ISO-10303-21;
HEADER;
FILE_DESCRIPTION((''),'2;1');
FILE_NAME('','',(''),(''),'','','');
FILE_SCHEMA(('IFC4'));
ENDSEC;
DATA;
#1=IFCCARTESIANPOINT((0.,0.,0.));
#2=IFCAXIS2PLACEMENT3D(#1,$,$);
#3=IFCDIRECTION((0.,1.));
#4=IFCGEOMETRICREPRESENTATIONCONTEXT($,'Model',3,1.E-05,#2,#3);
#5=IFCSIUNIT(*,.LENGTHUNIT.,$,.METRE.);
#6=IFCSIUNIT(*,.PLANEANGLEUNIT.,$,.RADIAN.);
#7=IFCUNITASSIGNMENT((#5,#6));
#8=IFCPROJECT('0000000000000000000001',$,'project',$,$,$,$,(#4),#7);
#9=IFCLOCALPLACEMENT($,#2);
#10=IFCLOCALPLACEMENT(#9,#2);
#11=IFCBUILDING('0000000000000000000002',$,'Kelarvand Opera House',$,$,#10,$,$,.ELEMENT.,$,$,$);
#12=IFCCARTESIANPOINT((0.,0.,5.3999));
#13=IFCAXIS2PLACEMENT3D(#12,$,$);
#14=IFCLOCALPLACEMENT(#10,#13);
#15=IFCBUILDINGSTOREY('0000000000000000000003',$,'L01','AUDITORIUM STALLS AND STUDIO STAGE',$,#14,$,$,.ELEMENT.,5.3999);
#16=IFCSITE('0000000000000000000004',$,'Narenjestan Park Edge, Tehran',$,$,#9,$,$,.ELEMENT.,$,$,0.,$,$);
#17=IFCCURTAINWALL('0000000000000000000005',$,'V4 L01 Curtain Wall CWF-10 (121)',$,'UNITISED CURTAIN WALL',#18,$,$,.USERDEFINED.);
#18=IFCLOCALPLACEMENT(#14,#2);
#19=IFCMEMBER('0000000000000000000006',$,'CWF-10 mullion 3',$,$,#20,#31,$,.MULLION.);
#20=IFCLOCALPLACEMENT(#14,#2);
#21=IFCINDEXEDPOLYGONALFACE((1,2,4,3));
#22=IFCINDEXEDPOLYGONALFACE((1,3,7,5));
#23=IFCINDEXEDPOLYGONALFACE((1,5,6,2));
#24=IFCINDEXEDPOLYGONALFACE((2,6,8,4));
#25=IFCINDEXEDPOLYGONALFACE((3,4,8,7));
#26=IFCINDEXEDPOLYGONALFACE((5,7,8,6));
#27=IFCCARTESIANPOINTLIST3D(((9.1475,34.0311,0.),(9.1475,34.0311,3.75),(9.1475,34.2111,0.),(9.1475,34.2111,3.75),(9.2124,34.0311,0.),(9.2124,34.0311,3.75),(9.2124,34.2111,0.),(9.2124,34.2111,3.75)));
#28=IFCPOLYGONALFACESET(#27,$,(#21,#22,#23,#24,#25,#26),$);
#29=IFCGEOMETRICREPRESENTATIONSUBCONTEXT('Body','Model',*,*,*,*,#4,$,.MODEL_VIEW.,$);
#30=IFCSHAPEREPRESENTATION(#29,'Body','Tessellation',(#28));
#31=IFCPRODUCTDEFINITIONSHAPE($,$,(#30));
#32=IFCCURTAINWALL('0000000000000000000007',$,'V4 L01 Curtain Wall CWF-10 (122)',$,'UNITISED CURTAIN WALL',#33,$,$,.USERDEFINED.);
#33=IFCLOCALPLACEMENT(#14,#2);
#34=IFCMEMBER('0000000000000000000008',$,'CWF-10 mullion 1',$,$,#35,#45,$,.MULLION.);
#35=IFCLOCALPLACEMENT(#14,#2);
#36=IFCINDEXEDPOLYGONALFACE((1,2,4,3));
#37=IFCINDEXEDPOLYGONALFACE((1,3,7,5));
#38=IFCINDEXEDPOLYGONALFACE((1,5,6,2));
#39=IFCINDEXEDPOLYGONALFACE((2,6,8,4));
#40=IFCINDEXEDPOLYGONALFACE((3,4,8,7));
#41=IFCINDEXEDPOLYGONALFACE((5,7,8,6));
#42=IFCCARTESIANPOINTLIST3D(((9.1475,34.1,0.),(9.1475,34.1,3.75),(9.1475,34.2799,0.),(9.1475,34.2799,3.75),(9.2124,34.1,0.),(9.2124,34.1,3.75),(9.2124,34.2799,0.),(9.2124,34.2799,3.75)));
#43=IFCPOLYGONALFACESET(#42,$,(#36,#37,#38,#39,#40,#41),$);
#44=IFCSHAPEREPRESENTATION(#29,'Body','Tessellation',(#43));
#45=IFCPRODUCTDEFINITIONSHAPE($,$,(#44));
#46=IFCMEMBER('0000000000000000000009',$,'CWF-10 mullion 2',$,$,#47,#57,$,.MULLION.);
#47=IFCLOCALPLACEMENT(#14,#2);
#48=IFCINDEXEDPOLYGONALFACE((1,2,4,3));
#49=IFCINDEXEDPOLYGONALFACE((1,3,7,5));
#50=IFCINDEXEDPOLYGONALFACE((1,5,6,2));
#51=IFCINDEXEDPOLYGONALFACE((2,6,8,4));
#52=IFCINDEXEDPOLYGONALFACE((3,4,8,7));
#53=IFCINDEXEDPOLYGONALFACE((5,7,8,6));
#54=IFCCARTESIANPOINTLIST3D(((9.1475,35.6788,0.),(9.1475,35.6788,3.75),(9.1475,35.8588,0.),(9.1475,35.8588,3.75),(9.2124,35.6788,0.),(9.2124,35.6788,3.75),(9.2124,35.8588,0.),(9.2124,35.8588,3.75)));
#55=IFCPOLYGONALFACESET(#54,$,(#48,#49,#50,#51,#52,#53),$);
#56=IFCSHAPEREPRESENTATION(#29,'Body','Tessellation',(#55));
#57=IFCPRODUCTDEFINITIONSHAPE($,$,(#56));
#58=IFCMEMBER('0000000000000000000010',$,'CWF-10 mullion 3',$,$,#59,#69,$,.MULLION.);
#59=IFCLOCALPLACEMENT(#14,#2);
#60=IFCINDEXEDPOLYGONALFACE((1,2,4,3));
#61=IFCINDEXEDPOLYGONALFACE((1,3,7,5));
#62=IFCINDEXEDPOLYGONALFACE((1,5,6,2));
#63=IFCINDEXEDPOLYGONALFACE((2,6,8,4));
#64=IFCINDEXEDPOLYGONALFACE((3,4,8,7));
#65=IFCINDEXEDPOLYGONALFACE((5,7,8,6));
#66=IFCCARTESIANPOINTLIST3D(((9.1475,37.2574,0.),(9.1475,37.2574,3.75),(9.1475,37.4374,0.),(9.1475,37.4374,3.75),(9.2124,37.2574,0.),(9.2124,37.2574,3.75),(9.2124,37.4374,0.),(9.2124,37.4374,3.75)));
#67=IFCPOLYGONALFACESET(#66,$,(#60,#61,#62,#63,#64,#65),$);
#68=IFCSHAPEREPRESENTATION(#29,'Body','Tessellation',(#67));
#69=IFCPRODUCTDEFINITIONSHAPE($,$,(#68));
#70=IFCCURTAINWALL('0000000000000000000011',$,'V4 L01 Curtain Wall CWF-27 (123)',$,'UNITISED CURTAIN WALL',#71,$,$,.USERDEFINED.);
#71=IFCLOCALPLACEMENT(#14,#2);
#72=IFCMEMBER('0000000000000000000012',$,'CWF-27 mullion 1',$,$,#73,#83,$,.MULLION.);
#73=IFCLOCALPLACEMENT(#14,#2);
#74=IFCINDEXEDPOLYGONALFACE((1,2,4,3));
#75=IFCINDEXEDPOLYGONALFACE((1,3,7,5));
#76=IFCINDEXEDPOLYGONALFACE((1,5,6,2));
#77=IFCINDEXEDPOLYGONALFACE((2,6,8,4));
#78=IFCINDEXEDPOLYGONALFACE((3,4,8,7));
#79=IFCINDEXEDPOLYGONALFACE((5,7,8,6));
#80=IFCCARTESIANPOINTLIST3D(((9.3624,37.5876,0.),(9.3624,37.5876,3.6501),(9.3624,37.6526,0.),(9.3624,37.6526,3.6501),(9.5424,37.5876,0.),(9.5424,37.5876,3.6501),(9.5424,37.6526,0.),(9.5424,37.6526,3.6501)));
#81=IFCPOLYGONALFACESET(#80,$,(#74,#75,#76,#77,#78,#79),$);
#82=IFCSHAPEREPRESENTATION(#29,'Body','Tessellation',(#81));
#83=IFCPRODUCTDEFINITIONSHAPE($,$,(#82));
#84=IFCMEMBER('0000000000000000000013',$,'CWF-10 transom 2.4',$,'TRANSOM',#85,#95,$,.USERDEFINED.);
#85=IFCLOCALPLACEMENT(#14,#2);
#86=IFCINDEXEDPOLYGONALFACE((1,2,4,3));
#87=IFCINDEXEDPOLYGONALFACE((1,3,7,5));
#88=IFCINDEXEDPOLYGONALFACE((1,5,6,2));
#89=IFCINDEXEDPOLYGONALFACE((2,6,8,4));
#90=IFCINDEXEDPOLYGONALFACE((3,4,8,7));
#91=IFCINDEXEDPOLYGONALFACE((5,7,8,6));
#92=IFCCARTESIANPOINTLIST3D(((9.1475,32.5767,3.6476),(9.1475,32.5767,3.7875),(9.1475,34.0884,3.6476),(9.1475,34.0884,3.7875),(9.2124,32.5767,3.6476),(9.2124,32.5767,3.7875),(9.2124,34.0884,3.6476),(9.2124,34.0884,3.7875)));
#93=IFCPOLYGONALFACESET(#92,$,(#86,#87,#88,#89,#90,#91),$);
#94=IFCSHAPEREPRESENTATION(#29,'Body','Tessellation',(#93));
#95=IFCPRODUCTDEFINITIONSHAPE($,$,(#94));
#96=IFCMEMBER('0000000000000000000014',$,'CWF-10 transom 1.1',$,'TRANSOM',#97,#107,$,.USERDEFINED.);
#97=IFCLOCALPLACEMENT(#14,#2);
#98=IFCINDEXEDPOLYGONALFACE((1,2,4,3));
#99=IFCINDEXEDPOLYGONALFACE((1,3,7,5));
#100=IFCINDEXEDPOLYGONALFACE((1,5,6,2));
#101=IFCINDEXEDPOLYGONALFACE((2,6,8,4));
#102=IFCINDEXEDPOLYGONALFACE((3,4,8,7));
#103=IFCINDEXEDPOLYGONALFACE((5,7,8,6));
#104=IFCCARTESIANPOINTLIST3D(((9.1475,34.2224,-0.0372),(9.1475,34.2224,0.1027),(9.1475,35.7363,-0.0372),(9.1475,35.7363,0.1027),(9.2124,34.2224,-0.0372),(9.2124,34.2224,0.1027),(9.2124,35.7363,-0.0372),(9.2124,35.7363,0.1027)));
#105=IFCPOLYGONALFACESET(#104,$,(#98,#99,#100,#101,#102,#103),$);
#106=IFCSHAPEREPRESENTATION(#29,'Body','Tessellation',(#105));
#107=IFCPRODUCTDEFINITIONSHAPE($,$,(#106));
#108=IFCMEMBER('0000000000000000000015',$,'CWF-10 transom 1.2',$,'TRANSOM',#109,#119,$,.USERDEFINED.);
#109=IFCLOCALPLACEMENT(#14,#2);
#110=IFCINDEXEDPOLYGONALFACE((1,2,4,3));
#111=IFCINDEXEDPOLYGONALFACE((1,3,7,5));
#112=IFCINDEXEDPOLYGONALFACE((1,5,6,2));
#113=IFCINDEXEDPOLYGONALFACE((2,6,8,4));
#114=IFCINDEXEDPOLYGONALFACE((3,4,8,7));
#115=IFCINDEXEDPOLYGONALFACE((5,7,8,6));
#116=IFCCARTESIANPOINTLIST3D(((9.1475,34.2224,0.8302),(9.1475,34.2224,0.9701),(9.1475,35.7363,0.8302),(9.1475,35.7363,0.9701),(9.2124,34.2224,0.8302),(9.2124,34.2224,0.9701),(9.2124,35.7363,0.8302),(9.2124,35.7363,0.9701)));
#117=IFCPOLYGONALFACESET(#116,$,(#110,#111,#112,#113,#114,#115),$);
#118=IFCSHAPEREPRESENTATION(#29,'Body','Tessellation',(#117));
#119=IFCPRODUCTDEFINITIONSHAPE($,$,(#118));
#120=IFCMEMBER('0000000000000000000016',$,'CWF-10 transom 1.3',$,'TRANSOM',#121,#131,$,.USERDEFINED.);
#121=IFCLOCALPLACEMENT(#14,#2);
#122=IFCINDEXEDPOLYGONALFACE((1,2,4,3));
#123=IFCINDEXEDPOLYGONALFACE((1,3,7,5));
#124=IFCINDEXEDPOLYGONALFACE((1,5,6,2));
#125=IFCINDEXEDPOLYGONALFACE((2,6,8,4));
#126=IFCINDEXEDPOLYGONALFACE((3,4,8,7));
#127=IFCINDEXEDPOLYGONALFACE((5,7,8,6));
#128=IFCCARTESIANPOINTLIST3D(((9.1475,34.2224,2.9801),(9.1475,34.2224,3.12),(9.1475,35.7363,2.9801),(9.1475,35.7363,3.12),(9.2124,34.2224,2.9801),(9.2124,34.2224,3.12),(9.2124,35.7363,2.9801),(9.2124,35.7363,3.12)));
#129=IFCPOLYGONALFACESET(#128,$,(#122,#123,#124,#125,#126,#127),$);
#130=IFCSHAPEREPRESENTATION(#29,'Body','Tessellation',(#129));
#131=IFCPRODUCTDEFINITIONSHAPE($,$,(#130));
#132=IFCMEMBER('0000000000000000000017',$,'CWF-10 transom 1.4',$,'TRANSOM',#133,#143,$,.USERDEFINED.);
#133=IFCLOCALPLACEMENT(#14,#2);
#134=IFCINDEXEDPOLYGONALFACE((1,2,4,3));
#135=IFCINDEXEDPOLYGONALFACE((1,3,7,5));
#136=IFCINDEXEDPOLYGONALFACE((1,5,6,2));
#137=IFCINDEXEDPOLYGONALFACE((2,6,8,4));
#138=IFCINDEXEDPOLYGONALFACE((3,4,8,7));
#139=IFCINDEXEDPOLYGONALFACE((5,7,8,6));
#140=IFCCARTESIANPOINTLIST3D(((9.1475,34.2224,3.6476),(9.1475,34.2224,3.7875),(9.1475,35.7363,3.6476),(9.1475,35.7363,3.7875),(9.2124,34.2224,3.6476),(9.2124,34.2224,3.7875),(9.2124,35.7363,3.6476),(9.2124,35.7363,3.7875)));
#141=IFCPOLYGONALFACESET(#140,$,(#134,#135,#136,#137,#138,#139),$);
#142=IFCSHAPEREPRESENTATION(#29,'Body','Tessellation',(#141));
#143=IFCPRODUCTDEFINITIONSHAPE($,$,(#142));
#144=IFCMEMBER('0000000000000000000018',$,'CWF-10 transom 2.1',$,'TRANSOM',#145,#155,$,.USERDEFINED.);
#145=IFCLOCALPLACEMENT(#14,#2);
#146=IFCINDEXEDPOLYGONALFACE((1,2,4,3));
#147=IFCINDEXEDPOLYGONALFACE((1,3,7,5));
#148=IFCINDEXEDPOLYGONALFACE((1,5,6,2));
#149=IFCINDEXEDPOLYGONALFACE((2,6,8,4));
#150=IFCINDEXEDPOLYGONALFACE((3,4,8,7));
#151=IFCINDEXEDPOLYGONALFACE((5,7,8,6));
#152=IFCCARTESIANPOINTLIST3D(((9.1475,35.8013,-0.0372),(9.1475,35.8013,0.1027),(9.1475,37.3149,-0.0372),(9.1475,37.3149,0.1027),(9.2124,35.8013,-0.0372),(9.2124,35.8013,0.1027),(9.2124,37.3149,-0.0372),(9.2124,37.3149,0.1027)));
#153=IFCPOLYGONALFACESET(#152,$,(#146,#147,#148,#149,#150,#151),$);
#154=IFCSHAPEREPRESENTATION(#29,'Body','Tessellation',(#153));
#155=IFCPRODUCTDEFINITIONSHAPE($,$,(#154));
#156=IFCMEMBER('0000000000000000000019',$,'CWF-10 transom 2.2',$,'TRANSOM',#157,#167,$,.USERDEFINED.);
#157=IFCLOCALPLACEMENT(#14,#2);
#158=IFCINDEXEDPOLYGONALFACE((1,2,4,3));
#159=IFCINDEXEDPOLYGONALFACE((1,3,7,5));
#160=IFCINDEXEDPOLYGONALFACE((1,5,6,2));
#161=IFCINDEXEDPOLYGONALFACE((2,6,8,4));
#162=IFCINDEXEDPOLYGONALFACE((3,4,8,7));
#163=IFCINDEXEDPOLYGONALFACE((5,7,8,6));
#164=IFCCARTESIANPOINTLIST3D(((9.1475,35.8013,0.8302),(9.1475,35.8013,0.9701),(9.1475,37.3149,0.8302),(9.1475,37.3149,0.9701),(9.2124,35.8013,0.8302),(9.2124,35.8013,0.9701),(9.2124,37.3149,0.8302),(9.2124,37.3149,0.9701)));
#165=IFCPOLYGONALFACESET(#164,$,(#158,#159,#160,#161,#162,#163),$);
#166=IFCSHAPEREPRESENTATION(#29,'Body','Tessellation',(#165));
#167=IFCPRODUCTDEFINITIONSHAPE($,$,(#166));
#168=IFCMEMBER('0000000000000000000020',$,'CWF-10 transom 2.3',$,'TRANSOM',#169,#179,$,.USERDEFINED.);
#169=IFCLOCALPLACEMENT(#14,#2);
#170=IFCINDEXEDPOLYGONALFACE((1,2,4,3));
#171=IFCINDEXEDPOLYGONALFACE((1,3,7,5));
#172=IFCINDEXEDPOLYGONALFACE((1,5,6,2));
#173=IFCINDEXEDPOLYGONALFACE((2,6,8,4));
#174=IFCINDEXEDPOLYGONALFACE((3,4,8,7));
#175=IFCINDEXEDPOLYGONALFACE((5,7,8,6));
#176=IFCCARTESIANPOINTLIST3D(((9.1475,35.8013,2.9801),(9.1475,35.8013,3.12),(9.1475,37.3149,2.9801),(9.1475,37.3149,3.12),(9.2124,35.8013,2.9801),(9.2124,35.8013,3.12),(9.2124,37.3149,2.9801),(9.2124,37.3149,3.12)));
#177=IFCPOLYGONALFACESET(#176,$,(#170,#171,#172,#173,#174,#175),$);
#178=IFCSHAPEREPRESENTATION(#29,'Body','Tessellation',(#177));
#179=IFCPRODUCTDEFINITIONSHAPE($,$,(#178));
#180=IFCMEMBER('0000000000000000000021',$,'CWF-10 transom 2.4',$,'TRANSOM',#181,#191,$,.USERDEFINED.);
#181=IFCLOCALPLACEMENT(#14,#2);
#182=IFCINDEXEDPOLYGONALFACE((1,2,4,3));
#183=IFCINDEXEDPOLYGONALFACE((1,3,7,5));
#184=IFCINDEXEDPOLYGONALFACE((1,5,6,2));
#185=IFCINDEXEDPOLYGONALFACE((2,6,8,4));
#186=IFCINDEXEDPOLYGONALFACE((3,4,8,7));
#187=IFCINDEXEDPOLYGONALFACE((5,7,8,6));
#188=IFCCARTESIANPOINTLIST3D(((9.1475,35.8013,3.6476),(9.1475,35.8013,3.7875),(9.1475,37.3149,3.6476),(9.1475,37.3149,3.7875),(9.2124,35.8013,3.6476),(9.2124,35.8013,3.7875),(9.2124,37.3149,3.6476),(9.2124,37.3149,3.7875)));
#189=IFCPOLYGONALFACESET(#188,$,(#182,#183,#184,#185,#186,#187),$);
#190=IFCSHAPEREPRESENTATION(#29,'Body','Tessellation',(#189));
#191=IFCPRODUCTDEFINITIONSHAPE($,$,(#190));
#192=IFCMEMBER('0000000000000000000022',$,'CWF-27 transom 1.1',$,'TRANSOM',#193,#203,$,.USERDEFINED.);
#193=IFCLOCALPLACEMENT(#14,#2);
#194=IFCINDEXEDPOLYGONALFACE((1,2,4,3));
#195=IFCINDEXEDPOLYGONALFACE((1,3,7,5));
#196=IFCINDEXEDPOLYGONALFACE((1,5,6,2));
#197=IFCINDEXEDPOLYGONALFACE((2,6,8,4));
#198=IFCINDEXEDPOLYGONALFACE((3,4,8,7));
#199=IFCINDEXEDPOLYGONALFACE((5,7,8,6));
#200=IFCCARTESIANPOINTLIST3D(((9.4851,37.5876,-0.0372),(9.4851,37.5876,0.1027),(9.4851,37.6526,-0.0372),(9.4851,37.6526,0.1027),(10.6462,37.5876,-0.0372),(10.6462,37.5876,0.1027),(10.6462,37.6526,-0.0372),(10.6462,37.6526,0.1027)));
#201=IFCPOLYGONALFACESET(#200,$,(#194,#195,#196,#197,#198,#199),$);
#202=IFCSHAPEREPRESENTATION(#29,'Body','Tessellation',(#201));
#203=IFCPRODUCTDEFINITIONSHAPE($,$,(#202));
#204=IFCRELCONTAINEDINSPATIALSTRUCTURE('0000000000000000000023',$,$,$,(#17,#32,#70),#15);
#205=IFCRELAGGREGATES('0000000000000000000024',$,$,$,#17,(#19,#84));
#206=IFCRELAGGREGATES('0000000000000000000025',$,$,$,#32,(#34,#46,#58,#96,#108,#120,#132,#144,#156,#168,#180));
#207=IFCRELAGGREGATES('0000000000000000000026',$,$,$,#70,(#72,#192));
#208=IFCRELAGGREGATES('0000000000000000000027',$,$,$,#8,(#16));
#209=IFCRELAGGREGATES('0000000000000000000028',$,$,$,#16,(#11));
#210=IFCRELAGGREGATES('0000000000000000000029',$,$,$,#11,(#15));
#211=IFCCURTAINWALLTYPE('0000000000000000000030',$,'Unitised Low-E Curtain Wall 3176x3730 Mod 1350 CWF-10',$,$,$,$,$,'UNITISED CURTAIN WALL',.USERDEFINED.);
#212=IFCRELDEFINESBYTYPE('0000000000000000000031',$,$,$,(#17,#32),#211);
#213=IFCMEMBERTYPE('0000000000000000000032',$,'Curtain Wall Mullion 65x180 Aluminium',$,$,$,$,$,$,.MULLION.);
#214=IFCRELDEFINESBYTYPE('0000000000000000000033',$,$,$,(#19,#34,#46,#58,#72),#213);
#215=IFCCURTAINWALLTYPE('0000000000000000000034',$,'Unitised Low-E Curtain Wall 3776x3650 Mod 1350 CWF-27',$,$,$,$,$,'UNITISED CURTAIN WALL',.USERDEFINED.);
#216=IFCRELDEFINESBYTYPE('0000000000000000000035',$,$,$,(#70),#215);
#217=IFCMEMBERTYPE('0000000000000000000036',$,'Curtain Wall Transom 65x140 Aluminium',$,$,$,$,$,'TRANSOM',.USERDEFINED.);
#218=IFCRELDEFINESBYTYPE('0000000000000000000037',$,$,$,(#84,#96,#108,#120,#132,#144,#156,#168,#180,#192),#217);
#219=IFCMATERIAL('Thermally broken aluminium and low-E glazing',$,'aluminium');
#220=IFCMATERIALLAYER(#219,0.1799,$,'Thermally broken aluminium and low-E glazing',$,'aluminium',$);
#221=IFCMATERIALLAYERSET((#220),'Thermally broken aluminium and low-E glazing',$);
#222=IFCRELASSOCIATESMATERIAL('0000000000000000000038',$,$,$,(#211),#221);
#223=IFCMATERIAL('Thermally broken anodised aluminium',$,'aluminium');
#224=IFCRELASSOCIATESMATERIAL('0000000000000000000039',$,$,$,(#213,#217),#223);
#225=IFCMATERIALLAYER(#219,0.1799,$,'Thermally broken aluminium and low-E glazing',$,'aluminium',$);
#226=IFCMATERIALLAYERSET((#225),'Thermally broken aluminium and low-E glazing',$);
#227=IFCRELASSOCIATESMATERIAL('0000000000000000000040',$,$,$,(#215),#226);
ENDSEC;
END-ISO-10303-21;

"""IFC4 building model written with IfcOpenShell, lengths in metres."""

from ifc_helpers import new_model, si_unit, direction, frame, origin, origin_2d, place, context, subcontext, project, spatial, rectangle, extrude, material, layer, layer_set, material_profile, profile_set, type_object, element, aggregate, save


model = new_model("IFC4")

# Units and contexts
model_context = context("Model", 3, precision=1e-05, world=origin(), true_north=direction((0.0, 1.0)))
body_context = subcontext(model_context, "Body", "Model", "MODEL_VIEW")
ifc_project = project(units=[si_unit("LENGTHUNIT", "METRE"), si_unit("PLANEANGLEUNIT", "RADIAN")], contexts=[model_context])

# Site, building, storey
site_placement = place(None, origin())
site = spatial("IfcSite", under=ifc_project, at=site_placement, Name="Narenjestan Park Edge, Tehran", CompositionType="ELEMENT", RefElevation=0.0)
building_placement = place(site_placement, origin())
building = spatial("IfcBuilding", under=site, at=building_placement, Name="Kelarvand Opera House", CompositionType="ELEMENT")
storey_placement = place(building_placement, frame((0.0, 0.0, 5.3999)))
storey = spatial("IfcBuildingStorey", under=building, at=storey_placement, Name="L01", Description="AUDITORIUM STALLS AND STUDIO STAGE", CompositionType="ELEMENT", Elevation=5.3999)

# Curtain wall, member
ifc_material_1 = material(Name="Thermally broken aluminium and low-E glazing", Category="aluminium")
ifc_layer_1 = layer(ifc_material_1, 0.1799, Name="Thermally broken aluminium and low-E glazing", Category="aluminium")
ifc_layer_set_1 = layer_set([ifc_layer_1], Name="Thermally broken aluminium and low-E glazing")
curtain_wall_type_1 = type_object("IfcCurtainWallType", Name="Unitised Low-E Curtain Wall 3176x3730 Mod 1350 CWF-10", ElementType="UNITISED CURTAIN WALL", PredefinedType="USERDEFINED", material=ifc_layer_set_1)
curtain_wall_1_placement = place(storey_placement, origin())
curtain_wall_1 = element("IfcCurtainWall", 1, at=curtain_wall_1_placement, inside=storey, type_object=curtain_wall_type_1, Name="V4 L01 Curtain Wall CWF-10 (121)", ObjectType="UNITISED CURTAIN WALL", PredefinedType="USERDEFINED")
ifc_material_2 = material(Name="Thermally broken anodised aluminium", Category="aluminium")
ifc_material_profile_1 = material_profile(ifc_material_2, rectangle(XDim=0.0649, YDim=0.1799, at=origin_2d()), Name="ALU MULLION 65x180", Category="aluminium")
ifc_profile_set_1 = profile_set([ifc_material_profile_1], Name="Thermally broken anodised aluminium")
member_type_1 = type_object("IfcMemberType", Name="Curtain Wall Mullion 65x180 Aluminium", PredefinedType="MULLION", material=ifc_profile_set_1)
member_1_placement = place(storey_placement, frame((9.1799, 34.1211, 0.0), z_axis=(0.0, 0.0, 1.0), x_axis=(-1.0, 0.0, 0.0)))
member_1 = element("IfcMember", 2, at=member_1_placement, type_object=member_type_1, Name="CWF-10 mullion 3", PredefinedType="MULLION", context=body_context, shape_type="SweptSolid", body=[
    extrude(rectangle(XDim=0.0649, YDim=0.1799, at=origin_2d()), origin(), (0.0, 0.0, 1.0), 3.75),
])

# Curtain wall, members
curtain_wall_2_placement = place(storey_placement, origin())
curtain_wall_2 = element("IfcCurtainWall", 3, at=curtain_wall_2_placement, inside=storey, type_object=curtain_wall_type_1, Name="V4 L01 Curtain Wall CWF-10 (122)", ObjectType="UNITISED CURTAIN WALL", PredefinedType="USERDEFINED")
member_2_placement = place(storey_placement, frame((9.1799, 34.1899, 0.0), z_axis=(0.0, 0.0, 1.0), x_axis=(-1.0, 0.0, 0.0)))
member_2 = element("IfcMember", 4, at=member_2_placement, type_object=member_type_1, Name="CWF-10 mullion 1", PredefinedType="MULLION", context=body_context, shape_type="SweptSolid", body=[
    extrude(rectangle(XDim=0.0649, YDim=0.1799, at=origin_2d()), origin(), (0.0, 0.0, 1.0), 3.75),
])
member_3_placement = place(storey_placement, frame((9.1799, 35.7688, 0.0), z_axis=(0.0, 0.0, 1.0), x_axis=(-1.0, 0.0, 0.0)))
member_3 = element("IfcMember", 5, at=member_3_placement, type_object=member_type_1, Name="CWF-10 mullion 2", PredefinedType="MULLION", context=body_context, shape_type="SweptSolid", body=[
    extrude(rectangle(XDim=0.0649, YDim=0.1799, at=origin_2d()), origin(), (0.0, 0.0, 1.0), 3.75),
])
member_4_placement = place(storey_placement, frame((9.1799, 37.3474, 0.0), z_axis=(0.0, 0.0, 1.0), x_axis=(-1.0, 0.0, 0.0)))
member_4 = element("IfcMember", 6, at=member_4_placement, type_object=member_type_1, Name="CWF-10 mullion 3", PredefinedType="MULLION", context=body_context, shape_type="SweptSolid", body=[
    extrude(rectangle(XDim=0.0649, YDim=0.1799, at=origin_2d()), origin(), (0.0, 0.0, 1.0), 3.75),
])

# Curtain wall, member
ifc_layer_2 = layer(ifc_material_1, 0.1799, Name="Thermally broken aluminium and low-E glazing", Category="aluminium")
ifc_layer_set_2 = layer_set([ifc_layer_2], Name="Thermally broken aluminium and low-E glazing")
curtain_wall_type_2 = type_object("IfcCurtainWallType", Name="Unitised Low-E Curtain Wall 3776x3650 Mod 1350 CWF-27", ElementType="UNITISED CURTAIN WALL", PredefinedType="USERDEFINED", material=ifc_layer_set_2)
curtain_wall_3_placement = place(storey_placement, origin())
curtain_wall_3 = element("IfcCurtainWall", 7, at=curtain_wall_3_placement, inside=storey, type_object=curtain_wall_type_2, Name="V4 L01 Curtain Wall CWF-27 (123)", ObjectType="UNITISED CURTAIN WALL", PredefinedType="USERDEFINED")
member_5_placement = place(storey_placement, frame((9.4524, 37.6201, 0.0), z_axis=(0.0, 0.0, 1.0), x_axis=(0.0, 1.0, 0.0)))
member_5 = element("IfcMember", 8, at=member_5_placement, type_object=member_type_1, Name="CWF-27 mullion 1", PredefinedType="MULLION", context=body_context, shape_type="SweptSolid", body=[
    extrude(rectangle(XDim=0.0649, YDim=0.1799, at=origin_2d()), origin(), (0.0, 0.0, 1.0), 3.6501),
])

# Members
ifc_material_profile_2 = material_profile(ifc_material_2, rectangle(XDim=0.0649, YDim=0.1399, at=origin_2d()), Name="ALU TRANSOM 65x140", Category="aluminium")
ifc_profile_set_2 = profile_set([ifc_material_profile_2], Name="Thermally broken anodised aluminium")
member_type_2 = type_object("IfcMemberType", Name="Curtain Wall Transom 65x140 Aluminium", ElementType="TRANSOM", PredefinedType="USERDEFINED", material=ifc_profile_set_2)
member_6_placement = place(storey_placement, frame((9.1799, 32.5767, 3.7175), z_axis=(0.0, 1.0, 0.0), x_axis=(-1.0, 0.0, 0.0)))
member_6 = element("IfcMember", 9, at=member_6_placement, type_object=member_type_2, Name="CWF-10 transom 2.4", ObjectType="TRANSOM", PredefinedType="USERDEFINED", context=body_context, shape_type="SweptSolid", body=[
    extrude(rectangle(XDim=0.0649, YDim=0.1399, at=origin_2d()), origin(), (0.0, 0.0, 1.0), 1.5117),
])
member_7_placement = place(storey_placement, frame((9.1799, 34.2224, 0.0327), z_axis=(0.0, 1.0, 0.0), x_axis=(-1.0, 0.0, 0.0)))
member_7 = element("IfcMember", 10, at=member_7_placement, type_object=member_type_2, Name="CWF-10 transom 1.1", ObjectType="TRANSOM", PredefinedType="USERDEFINED", context=body_context, shape_type="SweptSolid", body=[
    extrude(rectangle(XDim=0.0649, YDim=0.1399, at=origin_2d()), origin(), (0.0, 0.0, 1.0), 1.5139),
])
member_8_placement = place(storey_placement, frame((9.1799, 34.2224, 0.9001), z_axis=(0.0, 1.0, 0.0), x_axis=(-1.0, 0.0, 0.0)))
member_8 = element("IfcMember", 11, at=member_8_placement, type_object=member_type_2, Name="CWF-10 transom 1.2", ObjectType="TRANSOM", PredefinedType="USERDEFINED", context=body_context, shape_type="SweptSolid", body=[
    extrude(rectangle(XDim=0.0649, YDim=0.1399, at=origin_2d()), origin(), (0.0, 0.0, 1.0), 1.5139),
])
member_9_placement = place(storey_placement, frame((9.1799, 34.2224, 3.05), z_axis=(0.0, 1.0, 0.0), x_axis=(-1.0, 0.0, 0.0)))
member_9 = element("IfcMember", 12, at=member_9_placement, type_object=member_type_2, Name="CWF-10 transom 1.3", ObjectType="TRANSOM", PredefinedType="USERDEFINED", context=body_context, shape_type="SweptSolid", body=[
    extrude(rectangle(XDim=0.0649, YDim=0.1399, at=origin_2d()), origin(), (0.0, 0.0, 1.0), 1.5139),
])
member_10_placement = place(storey_placement, frame((9.1799, 34.2224, 3.7175), z_axis=(0.0, 1.0, 0.0), x_axis=(-1.0, 0.0, 0.0)))
member_10 = element("IfcMember", 13, at=member_10_placement, type_object=member_type_2, Name="CWF-10 transom 1.4", ObjectType="TRANSOM", PredefinedType="USERDEFINED", context=body_context, shape_type="SweptSolid", body=[
    extrude(rectangle(XDim=0.0649, YDim=0.1399, at=origin_2d()), origin(), (0.0, 0.0, 1.0), 1.5139),
])
member_11_placement = place(storey_placement, frame((9.1799, 35.8013, 0.0327), z_axis=(0.0, 1.0, 0.0), x_axis=(-1.0, 0.0, 0.0)))
member_11 = element("IfcMember", 14, at=member_11_placement, type_object=member_type_2, Name="CWF-10 transom 2.1", ObjectType="TRANSOM", PredefinedType="USERDEFINED", context=body_context, shape_type="SweptSolid", body=[
    extrude(rectangle(XDim=0.0649, YDim=0.1399, at=origin_2d()), origin(), (0.0, 0.0, 1.0), 1.5137),
])
member_12_placement = place(storey_placement, frame((9.1799, 35.8013, 0.9001), z_axis=(0.0, 1.0, 0.0), x_axis=(-1.0, 0.0, 0.0)))
member_12 = element("IfcMember", 15, at=member_12_placement, type_object=member_type_2, Name="CWF-10 transom 2.2", ObjectType="TRANSOM", PredefinedType="USERDEFINED", context=body_context, shape_type="SweptSolid", body=[
    extrude(rectangle(XDim=0.0649, YDim=0.1399, at=origin_2d()), origin(), (0.0, 0.0, 1.0), 1.5137),
])
member_13_placement = place(storey_placement, frame((9.1799, 35.8013, 3.05), z_axis=(0.0, 1.0, 0.0), x_axis=(-1.0, 0.0, 0.0)))
member_13 = element("IfcMember", 16, at=member_13_placement, type_object=member_type_2, Name="CWF-10 transom 2.3", ObjectType="TRANSOM", PredefinedType="USERDEFINED", context=body_context, shape_type="SweptSolid", body=[
    extrude(rectangle(XDim=0.0649, YDim=0.1399, at=origin_2d()), origin(), (0.0, 0.0, 1.0), 1.5137),
])
member_14_placement = place(storey_placement, frame((9.1799, 35.8013, 3.7175), z_axis=(0.0, 1.0, 0.0), x_axis=(-1.0, 0.0, 0.0)))
member_14 = element("IfcMember", 17, at=member_14_placement, type_object=member_type_2, Name="CWF-10 transom 2.4", ObjectType="TRANSOM", PredefinedType="USERDEFINED", context=body_context, shape_type="SweptSolid", body=[
    extrude(rectangle(XDim=0.0649, YDim=0.1399, at=origin_2d()), origin(), (0.0, 0.0, 1.0), 1.5137),
])
member_15_placement = place(storey_placement, frame((9.4851, 37.6201, 0.0327), z_axis=(1.0, 0.0, 0.0), x_axis=(0.0, 1.0, 0.0)))
member_15 = element("IfcMember", 18, at=member_15_placement, type_object=member_type_2, Name="CWF-27 transom 1.1", ObjectType="TRANSOM", PredefinedType="USERDEFINED", context=body_context, shape_type="SweptSolid", body=[
    extrude(rectangle(XDim=0.0649, YDim=0.1399, at=origin_2d()), origin(), (0.0, 0.0, 1.0), 1.1611),
])

aggregate(curtain_wall_1, [member_1, member_6])
aggregate(curtain_wall_2, [member_2, member_3, member_4, member_7, member_8, member_9, member_10, member_11, member_12, member_13, member_14])
aggregate(curtain_wall_3, [member_5, member_15])

save(model, "model.ifc")
